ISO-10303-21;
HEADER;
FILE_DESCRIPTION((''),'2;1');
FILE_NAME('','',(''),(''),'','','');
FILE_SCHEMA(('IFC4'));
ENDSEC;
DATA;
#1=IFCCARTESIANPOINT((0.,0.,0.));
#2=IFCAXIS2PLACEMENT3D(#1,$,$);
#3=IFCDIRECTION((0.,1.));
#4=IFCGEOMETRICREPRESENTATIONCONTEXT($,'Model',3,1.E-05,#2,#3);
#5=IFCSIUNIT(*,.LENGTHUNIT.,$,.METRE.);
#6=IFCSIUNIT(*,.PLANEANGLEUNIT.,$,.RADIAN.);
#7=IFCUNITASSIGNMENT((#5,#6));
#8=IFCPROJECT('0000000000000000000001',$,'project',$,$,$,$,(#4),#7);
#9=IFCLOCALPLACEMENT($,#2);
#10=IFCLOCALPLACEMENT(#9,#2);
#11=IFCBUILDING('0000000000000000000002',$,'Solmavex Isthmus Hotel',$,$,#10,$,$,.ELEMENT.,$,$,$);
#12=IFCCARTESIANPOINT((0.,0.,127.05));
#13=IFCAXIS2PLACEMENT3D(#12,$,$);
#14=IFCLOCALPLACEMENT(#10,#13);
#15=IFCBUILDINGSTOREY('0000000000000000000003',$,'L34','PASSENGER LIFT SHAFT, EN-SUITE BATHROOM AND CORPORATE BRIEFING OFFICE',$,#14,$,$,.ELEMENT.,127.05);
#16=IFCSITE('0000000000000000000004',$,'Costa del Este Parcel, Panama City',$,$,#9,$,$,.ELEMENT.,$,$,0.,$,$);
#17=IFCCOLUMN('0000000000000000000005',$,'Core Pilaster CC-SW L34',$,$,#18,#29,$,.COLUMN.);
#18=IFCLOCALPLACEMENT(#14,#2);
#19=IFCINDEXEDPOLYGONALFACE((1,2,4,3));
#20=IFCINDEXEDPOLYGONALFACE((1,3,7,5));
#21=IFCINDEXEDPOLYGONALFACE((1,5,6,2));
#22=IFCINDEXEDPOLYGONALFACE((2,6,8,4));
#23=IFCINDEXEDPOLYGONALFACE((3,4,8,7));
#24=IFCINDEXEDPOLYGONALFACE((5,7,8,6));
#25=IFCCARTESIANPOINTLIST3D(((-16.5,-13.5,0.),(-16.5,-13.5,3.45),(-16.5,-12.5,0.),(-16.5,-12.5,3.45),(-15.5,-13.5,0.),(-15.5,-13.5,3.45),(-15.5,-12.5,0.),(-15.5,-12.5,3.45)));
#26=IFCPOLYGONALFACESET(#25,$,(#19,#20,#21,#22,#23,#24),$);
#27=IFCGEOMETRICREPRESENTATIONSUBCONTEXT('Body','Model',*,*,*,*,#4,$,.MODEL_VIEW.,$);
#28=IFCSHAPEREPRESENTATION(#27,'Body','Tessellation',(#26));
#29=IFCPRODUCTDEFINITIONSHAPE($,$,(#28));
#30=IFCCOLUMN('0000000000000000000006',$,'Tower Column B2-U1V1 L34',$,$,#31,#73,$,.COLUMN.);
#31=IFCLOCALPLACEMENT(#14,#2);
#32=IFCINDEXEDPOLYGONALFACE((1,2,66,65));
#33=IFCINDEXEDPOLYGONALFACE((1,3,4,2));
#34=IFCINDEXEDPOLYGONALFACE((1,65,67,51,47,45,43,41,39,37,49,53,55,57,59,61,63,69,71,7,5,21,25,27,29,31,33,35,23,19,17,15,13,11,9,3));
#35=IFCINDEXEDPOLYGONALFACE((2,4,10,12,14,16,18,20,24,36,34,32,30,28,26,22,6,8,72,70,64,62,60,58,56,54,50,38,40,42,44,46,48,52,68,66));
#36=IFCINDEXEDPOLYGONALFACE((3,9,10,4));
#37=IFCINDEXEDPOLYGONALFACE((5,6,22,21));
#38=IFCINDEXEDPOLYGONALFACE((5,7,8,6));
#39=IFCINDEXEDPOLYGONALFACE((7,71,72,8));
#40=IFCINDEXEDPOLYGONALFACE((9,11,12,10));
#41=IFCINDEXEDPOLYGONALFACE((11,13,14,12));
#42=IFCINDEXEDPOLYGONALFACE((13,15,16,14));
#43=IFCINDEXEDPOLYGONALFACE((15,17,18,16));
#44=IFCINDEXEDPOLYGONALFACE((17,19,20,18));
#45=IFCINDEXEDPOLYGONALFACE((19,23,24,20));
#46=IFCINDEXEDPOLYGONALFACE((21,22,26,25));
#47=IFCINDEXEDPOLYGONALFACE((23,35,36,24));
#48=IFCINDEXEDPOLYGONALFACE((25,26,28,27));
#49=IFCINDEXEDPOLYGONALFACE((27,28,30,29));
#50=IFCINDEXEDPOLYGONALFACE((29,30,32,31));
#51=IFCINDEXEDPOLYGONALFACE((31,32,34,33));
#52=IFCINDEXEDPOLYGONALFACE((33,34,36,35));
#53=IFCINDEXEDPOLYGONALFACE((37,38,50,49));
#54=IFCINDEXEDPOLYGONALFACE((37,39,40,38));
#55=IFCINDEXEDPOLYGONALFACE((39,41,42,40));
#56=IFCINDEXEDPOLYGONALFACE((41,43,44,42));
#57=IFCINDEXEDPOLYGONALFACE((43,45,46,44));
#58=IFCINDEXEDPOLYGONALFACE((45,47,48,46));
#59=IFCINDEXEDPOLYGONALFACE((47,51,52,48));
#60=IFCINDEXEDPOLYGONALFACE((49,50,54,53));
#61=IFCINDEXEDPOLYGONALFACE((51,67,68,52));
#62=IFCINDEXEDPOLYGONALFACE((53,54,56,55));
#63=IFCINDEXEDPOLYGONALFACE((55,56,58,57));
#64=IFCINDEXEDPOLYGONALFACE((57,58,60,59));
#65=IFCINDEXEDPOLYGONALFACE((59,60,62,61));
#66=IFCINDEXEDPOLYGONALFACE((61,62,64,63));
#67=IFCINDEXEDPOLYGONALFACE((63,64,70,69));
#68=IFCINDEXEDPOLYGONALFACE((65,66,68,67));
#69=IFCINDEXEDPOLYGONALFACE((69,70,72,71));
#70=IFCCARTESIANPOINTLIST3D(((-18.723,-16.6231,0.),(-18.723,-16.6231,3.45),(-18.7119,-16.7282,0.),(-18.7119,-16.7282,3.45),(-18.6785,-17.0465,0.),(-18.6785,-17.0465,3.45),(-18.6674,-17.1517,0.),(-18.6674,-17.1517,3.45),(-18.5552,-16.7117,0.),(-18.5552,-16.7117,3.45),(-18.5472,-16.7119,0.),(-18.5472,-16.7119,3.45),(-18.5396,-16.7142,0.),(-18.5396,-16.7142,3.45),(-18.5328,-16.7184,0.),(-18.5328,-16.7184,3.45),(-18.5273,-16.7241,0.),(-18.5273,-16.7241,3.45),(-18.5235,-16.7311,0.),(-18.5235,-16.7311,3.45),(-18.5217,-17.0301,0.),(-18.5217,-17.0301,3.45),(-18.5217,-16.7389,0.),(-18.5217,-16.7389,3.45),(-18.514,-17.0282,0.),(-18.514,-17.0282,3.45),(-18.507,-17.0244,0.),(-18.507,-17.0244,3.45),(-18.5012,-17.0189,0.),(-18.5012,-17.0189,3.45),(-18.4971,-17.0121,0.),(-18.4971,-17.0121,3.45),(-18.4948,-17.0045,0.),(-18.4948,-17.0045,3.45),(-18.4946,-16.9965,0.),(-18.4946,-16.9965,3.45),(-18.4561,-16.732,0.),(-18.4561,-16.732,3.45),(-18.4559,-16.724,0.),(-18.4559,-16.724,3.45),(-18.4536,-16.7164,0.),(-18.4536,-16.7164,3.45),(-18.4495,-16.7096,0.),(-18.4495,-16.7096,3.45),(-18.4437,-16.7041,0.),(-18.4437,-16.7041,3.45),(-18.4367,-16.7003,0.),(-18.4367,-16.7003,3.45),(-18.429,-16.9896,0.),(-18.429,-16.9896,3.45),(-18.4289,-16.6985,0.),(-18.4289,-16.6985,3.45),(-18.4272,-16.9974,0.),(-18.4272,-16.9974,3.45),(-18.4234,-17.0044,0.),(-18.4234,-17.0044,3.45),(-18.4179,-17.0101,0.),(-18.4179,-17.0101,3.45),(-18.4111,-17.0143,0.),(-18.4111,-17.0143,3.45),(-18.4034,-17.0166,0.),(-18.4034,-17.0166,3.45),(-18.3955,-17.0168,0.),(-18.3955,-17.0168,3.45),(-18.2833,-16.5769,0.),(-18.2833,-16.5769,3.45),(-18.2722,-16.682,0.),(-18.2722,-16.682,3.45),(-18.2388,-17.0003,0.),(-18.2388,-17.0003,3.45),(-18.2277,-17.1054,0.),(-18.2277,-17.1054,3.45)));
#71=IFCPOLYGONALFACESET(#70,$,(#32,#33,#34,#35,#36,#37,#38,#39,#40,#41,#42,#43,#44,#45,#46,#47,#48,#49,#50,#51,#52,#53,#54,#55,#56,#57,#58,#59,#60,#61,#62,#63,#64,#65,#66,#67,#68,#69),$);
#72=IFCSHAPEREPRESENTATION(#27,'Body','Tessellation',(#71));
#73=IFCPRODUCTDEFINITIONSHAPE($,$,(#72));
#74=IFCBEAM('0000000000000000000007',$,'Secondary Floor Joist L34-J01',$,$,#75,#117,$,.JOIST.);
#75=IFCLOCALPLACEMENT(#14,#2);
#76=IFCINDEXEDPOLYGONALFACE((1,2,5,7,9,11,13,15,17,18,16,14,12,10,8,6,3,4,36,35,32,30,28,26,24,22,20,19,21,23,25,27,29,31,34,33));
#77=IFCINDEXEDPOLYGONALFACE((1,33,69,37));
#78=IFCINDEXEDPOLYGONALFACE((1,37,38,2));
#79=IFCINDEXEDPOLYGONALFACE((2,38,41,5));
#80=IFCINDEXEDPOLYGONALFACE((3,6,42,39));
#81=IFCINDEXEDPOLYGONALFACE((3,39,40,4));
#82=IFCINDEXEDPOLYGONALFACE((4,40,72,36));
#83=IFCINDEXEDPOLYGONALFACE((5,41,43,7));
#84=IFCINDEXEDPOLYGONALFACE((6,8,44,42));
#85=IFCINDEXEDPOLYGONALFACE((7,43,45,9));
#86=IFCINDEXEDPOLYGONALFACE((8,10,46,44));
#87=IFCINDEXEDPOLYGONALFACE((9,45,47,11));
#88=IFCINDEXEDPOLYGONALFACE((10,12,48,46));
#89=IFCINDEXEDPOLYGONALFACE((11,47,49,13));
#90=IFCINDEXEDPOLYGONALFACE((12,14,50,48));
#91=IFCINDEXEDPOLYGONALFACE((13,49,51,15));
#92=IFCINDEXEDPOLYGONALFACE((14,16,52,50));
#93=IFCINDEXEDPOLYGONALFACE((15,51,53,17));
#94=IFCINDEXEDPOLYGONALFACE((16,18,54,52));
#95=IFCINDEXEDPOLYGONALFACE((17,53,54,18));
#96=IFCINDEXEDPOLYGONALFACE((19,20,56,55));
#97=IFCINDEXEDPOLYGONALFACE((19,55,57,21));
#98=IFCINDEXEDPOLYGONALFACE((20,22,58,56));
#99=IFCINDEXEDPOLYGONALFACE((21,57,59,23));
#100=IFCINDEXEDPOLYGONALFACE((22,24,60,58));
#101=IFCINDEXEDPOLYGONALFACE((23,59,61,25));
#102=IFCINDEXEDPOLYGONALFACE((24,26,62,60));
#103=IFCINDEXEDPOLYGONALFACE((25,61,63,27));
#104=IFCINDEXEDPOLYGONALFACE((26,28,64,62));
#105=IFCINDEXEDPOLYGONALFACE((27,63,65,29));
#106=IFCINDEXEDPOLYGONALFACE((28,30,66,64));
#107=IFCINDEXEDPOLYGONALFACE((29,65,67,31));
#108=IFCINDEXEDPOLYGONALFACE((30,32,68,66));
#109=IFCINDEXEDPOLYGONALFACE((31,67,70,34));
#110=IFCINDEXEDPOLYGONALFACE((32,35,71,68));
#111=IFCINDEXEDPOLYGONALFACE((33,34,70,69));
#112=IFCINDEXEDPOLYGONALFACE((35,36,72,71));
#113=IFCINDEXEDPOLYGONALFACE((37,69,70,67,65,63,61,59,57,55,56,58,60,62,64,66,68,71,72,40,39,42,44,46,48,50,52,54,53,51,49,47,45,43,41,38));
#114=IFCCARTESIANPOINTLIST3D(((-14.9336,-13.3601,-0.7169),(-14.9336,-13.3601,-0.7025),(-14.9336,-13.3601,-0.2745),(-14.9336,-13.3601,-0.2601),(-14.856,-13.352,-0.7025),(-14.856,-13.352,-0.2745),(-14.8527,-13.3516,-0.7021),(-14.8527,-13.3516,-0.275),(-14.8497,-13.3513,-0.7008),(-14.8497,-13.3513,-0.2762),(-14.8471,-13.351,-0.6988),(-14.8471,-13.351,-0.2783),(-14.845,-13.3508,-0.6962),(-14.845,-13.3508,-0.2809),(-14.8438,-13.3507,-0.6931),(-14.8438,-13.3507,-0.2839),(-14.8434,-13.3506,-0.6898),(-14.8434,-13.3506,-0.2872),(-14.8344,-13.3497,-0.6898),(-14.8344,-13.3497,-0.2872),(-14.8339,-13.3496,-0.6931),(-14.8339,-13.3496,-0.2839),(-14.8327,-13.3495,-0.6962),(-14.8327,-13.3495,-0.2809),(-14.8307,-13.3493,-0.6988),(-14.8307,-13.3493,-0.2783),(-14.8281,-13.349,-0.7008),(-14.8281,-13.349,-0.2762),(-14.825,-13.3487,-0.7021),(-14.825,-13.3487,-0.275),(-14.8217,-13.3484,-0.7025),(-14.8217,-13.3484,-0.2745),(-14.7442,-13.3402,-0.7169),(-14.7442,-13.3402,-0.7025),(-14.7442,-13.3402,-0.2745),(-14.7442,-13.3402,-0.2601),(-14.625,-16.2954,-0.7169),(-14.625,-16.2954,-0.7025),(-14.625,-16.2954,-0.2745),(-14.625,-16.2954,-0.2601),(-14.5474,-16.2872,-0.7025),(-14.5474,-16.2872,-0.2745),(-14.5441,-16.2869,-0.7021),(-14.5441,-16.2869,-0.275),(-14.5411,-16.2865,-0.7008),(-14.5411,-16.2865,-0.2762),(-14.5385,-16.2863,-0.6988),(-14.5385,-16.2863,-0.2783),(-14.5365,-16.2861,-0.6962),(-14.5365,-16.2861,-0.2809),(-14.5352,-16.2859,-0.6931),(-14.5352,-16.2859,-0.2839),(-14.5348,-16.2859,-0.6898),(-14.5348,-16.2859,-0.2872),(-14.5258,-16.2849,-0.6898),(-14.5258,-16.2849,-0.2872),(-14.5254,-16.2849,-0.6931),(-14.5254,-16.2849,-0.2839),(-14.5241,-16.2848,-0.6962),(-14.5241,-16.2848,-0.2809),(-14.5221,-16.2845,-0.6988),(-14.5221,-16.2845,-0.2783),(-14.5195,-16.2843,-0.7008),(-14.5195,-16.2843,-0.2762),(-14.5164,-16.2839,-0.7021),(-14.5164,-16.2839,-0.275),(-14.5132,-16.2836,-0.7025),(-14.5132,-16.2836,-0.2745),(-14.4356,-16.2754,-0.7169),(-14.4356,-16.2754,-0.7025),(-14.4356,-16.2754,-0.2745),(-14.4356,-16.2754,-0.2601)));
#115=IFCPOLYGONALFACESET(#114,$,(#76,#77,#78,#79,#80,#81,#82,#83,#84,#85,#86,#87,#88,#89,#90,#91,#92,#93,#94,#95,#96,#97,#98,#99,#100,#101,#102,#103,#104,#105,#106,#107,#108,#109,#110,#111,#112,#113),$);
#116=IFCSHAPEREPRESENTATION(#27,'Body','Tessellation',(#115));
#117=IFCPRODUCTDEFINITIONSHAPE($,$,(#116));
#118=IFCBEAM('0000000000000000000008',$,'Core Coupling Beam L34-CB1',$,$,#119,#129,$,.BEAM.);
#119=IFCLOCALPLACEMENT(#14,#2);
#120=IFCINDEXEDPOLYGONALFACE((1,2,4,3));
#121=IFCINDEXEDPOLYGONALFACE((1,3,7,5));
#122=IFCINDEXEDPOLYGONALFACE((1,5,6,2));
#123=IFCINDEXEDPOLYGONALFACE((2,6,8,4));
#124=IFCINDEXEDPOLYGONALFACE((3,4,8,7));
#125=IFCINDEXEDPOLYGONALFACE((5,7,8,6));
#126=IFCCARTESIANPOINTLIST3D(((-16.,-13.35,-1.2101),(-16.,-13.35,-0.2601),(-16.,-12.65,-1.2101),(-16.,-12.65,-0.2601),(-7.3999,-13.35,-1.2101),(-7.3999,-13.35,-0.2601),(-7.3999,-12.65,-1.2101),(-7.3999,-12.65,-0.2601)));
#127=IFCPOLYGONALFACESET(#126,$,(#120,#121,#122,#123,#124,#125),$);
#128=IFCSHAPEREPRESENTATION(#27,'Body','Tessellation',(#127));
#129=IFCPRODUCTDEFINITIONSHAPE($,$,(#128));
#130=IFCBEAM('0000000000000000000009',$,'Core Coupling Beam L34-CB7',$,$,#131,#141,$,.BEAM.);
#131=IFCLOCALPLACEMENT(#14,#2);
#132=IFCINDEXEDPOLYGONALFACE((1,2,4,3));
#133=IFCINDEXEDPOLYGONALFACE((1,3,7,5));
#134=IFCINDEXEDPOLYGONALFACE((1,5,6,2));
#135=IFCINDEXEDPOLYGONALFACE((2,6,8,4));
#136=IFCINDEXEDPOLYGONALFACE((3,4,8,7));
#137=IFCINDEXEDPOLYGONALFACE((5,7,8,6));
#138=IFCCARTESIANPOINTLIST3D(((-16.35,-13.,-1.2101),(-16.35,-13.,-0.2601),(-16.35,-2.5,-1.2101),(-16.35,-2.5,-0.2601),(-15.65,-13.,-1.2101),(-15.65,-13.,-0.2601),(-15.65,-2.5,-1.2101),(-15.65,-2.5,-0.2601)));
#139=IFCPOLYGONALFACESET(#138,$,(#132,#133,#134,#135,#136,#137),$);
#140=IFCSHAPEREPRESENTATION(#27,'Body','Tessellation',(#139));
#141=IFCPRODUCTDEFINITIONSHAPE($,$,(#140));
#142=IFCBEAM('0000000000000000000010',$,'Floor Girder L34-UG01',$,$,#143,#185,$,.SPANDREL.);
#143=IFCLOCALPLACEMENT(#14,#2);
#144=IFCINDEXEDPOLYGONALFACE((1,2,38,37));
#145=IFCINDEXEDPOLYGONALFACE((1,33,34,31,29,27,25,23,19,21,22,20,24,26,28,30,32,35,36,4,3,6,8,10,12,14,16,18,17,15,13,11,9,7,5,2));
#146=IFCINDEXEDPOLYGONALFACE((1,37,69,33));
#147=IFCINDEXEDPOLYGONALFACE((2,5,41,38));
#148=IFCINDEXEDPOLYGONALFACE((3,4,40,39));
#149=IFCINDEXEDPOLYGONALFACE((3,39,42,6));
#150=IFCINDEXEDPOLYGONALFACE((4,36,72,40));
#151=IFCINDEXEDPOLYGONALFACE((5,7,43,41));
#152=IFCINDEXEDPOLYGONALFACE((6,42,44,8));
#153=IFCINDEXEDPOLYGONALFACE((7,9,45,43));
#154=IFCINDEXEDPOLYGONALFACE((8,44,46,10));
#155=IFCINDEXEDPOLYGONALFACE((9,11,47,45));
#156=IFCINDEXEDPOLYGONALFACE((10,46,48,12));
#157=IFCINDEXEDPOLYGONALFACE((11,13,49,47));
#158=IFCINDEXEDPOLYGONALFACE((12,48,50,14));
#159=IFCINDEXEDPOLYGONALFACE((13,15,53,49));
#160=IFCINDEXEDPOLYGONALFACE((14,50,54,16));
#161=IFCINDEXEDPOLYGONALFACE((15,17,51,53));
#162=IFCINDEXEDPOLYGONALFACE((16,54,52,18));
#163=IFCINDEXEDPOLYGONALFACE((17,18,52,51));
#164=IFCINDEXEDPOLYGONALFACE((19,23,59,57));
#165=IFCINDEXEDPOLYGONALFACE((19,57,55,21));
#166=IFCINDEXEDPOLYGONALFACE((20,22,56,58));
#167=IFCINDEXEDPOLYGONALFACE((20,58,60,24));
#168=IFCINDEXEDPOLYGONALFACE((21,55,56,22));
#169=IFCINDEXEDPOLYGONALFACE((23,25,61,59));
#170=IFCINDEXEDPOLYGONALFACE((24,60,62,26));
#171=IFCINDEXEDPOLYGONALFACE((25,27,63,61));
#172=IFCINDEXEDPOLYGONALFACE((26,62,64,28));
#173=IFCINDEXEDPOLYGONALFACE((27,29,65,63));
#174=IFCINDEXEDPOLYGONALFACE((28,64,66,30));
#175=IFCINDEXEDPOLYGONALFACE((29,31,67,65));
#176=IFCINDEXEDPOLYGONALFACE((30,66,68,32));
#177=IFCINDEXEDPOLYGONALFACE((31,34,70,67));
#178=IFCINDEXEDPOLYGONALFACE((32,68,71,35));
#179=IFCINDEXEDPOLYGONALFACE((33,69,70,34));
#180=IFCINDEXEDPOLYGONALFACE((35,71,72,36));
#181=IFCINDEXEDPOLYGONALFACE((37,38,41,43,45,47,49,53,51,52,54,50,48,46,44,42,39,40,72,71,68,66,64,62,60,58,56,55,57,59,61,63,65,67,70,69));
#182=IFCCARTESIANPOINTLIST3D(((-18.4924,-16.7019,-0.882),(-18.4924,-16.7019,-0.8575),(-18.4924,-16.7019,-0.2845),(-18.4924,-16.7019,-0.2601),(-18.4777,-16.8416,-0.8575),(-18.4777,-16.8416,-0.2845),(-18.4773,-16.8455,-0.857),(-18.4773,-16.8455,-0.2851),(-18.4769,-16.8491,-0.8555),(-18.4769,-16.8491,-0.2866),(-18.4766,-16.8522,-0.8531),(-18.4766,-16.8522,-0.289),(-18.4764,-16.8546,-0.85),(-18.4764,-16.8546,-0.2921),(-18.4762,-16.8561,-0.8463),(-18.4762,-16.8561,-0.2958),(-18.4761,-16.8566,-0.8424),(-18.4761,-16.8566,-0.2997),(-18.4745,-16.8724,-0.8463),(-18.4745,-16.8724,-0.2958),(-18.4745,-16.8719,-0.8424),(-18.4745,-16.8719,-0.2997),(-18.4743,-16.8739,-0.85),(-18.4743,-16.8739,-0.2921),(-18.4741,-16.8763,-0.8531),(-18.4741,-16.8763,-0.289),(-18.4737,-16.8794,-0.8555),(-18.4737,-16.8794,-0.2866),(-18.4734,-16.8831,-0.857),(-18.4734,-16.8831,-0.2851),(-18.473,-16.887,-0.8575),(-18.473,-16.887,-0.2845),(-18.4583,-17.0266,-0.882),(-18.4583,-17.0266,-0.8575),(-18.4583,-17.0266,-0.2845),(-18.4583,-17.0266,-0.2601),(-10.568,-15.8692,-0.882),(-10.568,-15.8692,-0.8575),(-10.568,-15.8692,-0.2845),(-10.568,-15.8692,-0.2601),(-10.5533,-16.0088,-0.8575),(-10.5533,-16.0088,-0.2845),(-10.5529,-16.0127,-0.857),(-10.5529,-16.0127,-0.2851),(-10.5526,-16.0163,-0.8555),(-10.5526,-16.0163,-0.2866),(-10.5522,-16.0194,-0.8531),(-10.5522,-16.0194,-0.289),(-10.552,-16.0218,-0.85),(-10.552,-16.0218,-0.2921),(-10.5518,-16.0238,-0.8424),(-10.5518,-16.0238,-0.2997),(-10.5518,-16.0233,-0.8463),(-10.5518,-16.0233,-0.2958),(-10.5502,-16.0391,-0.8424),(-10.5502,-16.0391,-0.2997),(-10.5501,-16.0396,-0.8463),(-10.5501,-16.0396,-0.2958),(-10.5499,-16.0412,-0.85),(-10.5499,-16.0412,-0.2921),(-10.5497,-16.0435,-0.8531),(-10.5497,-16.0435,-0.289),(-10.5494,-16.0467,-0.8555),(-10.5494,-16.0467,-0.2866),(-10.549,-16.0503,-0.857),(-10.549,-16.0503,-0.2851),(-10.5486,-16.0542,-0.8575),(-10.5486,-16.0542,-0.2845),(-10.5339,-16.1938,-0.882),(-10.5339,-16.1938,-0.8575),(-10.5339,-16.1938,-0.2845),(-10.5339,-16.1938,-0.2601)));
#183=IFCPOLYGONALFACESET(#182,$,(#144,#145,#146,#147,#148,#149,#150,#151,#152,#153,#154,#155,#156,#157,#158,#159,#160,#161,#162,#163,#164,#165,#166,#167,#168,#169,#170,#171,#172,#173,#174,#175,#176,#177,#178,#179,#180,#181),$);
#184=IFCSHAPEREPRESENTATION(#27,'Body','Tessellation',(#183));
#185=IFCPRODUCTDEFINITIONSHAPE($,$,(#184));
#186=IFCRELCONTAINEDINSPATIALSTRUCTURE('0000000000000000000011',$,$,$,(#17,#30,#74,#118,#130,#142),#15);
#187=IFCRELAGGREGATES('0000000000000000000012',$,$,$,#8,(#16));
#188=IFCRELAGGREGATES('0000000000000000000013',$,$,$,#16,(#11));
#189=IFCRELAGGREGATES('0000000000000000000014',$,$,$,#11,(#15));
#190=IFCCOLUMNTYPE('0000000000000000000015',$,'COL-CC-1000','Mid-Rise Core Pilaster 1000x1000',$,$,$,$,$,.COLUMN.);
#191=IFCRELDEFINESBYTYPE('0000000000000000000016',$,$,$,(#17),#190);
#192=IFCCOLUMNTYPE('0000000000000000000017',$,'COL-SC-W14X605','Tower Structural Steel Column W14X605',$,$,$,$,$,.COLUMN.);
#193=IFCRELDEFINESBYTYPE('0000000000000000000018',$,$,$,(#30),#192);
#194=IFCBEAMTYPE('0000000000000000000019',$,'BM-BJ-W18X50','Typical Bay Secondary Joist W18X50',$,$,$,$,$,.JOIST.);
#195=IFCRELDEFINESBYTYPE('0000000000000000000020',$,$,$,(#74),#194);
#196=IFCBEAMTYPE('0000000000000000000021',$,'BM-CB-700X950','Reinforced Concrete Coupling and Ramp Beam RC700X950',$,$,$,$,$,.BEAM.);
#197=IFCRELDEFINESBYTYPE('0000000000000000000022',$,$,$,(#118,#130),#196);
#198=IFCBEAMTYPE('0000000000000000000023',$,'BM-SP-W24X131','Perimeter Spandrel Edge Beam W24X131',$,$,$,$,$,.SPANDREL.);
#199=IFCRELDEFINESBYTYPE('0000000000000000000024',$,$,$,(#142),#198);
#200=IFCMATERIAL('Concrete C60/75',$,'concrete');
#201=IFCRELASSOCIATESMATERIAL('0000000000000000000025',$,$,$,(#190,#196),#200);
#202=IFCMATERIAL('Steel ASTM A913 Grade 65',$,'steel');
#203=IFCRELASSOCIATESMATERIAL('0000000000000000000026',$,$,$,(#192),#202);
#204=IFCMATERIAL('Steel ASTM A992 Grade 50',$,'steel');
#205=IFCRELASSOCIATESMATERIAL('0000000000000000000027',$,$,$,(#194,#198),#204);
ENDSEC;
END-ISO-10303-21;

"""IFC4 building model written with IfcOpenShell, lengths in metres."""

from ifc_helpers import new_model, si_unit, direction, frame, origin, origin_2d, place, context, subcontext, project, spatial, rectangle, i_section, extrude, material, material_profile, profile_set, type_object, element, save


model = new_model("IFC4")

# Units and contexts
model_context = context("Model", 3, precision=1e-05, world=origin(), true_north=direction((0.0, 1.0)))
body_context = subcontext(model_context, "Body", "Model", "MODEL_VIEW")
ifc_project = project(units=[si_unit("LENGTHUNIT", "METRE"), si_unit("PLANEANGLEUNIT", "RADIAN")], contexts=[model_context])

# Site, building, storey
site_placement = place(None, origin())
site = spatial("IfcSite", under=ifc_project, at=site_placement, Name="Costa del Este Parcel, Panama City", CompositionType="ELEMENT", RefElevation=0.0)
building_placement = place(site_placement, origin())
building = spatial("IfcBuilding", under=site, at=building_placement, Name="Solmavex Isthmus Hotel", CompositionType="ELEMENT")
storey_placement = place(building_placement, frame((0.0, 0.0, 127.05)))
storey = spatial("IfcBuildingStorey", under=building, at=storey_placement, Name="L34", Description="PASSENGER LIFT SHAFT, EN-SUITE BATHROOM AND CORPORATE BRIEFING OFFICE", CompositionType="ELEMENT", Elevation=127.05)

# Columns
ifc_material_1 = material(Name="Concrete C60/75", Category="concrete")
ifc_material_profile_1 = material_profile(ifc_material_1, rectangle(XDim=1.0, YDim=1.0, at=origin_2d()), Name="RC1000X1000")
ifc_profile_set_1 = profile_set([ifc_material_profile_1], Name="Concrete C60/75")
column_type_1 = type_object("IfcColumnType", Name="COL-CC-1000", Description="Mid-Rise Core Pilaster 1000x1000", PredefinedType="COLUMN", material=ifc_profile_set_1)
column_1_placement = place(storey_placement, frame((-16.0, -13.0, 0.0), z_axis=(0.0, 0.0, 1.0), x_axis=(1.0, 0.0, 0.0)))
element("IfcColumn", 1, at=column_1_placement, inside=storey, type_object=column_type_1, Name="Core Pilaster CC-SW L34", PredefinedType="COLUMN", context=body_context, shape_type="SweptSolid", body=[
    extrude(rectangle(XDim=1.0, YDim=1.0, at=origin_2d()), origin(), (0.0, 0.0, 1.0), 3.45),
])
ifc_material_2 = material(Name="Steel ASTM A913 Grade 65", Category="steel")
ifc_material_profile_2 = material_profile(ifc_material_2, i_section(OverallWidth=0.4421, OverallDepth=0.5315, WebThickness=0.0659, FlangeThickness=0.1057, FilletRadius=0.0305, at=origin_2d()), Name="W14X605")
ifc_profile_set_2 = profile_set([ifc_material_profile_2], Name="Steel ASTM A913 Grade 65")
column_type_2 = type_object("IfcColumnType", Name="COL-SC-W14X605", Description="Tower Structural Steel Column W14X605", PredefinedType="COLUMN", material=ifc_profile_set_2)
column_2_placement = place(storey_placement, frame((-18.4753, -16.8643, 0.0), z_axis=(0.0, 0.0, 1.0), x_axis=(0.994522, 0.104528, 0.0)))
element("IfcColumn", 2, at=column_2_placement, inside=storey, type_object=column_type_2, Name="Tower Column B2-U1V1 L34", PredefinedType="COLUMN", context=body_context, shape_type="SweptSolid", body=[
    extrude(i_section(OverallWidth=0.4421, OverallDepth=0.5315, WebThickness=0.0659, FlangeThickness=0.1057, FilletRadius=0.0305, at=origin_2d()), origin(), (0.0, 0.0, 1.0), 3.45),
])

# Beams
ifc_material_3 = material(Name="Steel ASTM A992 Grade 50", Category="steel")
ifc_material_profile_3 = material_profile(ifc_material_3, i_section(OverallWidth=0.1904, OverallDepth=0.4568, WebThickness=0.009, FlangeThickness=0.0144, FilletRadius=0.0127, at=origin_2d()), Name="W18X50")
ifc_profile_set_3 = profile_set([ifc_material_profile_3], Name="Steel ASTM A992 Grade 50")
beam_type_1 = type_object("IfcBeamType", Name="BM-BJ-W18X50", Description="Typical Bay Secondary Joist W18X50", PredefinedType="JOIST", material=ifc_profile_set_3)
beam_1_placement = place(storey_placement, frame((-14.5303, -16.2854, -0.4885), z_axis=(-0.104556, 0.994519, 0.0), x_axis=(-0.994519, -0.104556, 0.0)))
element("IfcBeam", 3, at=beam_1_placement, inside=storey, type_object=beam_type_1, Name="Secondary Floor Joist L34-J01", PredefinedType="JOIST", context=body_context, shape_type="SweptSolid", body=[
    extrude(i_section(OverallWidth=0.1904, OverallDepth=0.4568, WebThickness=0.009, FlangeThickness=0.0144, FilletRadius=0.0127, at=origin_2d()), origin(), (0.0, 0.0, 1.0), 2.9514),
])
ifc_material_profile_4 = material_profile(ifc_material_1, rectangle(XDim=0.7, YDim=0.95, at=origin_2d()), Name="RC700X950")
ifc_profile_set_4 = profile_set([ifc_material_profile_4], Name="Concrete C60/75")
beam_type_2 = type_object("IfcBeamType", Name="BM-CB-700X950", Description="Reinforced Concrete Coupling and Ramp Beam RC700X950", PredefinedType="BEAM", material=ifc_profile_set_4)
beam_2_placement = place(storey_placement, frame((-16.0, -13.0, -0.7351), z_axis=(1.0, 0.0, 0.0), x_axis=(0.0, 1.0, 0.0)))
element("IfcBeam", 4, at=beam_2_placement, inside=storey, type_object=beam_type_2, Name="Core Coupling Beam L34-CB1", PredefinedType="BEAM", context=body_context, shape_type="SweptSolid", body=[
    extrude(rectangle(XDim=0.7, YDim=0.95, at=origin_2d()), origin(), (0.0, 0.0, 1.0), 8.6001),
])
beam_3_placement = place(storey_placement, frame((-16.0, -13.0, -0.7351), z_axis=(0.0, 1.0, 0.0), x_axis=(-1.0, 0.0, 0.0)))
element("IfcBeam", 5, at=beam_3_placement, inside=storey, type_object=beam_type_2, Name="Core Coupling Beam L34-CB7", PredefinedType="BEAM", context=body_context, shape_type="SweptSolid", body=[
    extrude(rectangle(XDim=0.7, YDim=0.95, at=origin_2d()), origin(), (0.0, 0.0, 1.0), 10.5),
])
ifc_material_profile_5 = material_profile(ifc_material_3, i_section(OverallWidth=0.3264, OverallDepth=0.6218, WebThickness=0.0154, FlangeThickness=0.0244, FilletRadius=0.0151, at=origin_2d()), Name="W24X131")
ifc_profile_set_5 = profile_set([ifc_material_profile_5], Name="Steel ASTM A992 Grade 50")
beam_type_3 = type_object("IfcBeamType", Name="BM-SP-W24X131", Description="Perimeter Spandrel Edge Beam W24X131", PredefinedType="SPANDREL", material=ifc_profile_set_5)
beam_4_placement = place(storey_placement, frame((-18.4753, -16.8643, -0.571), z_axis=(0.994523, 0.104514, 0.0), x_axis=(-0.104514, 0.994523, 0.0)))
element("IfcBeam", 6, at=beam_4_placement, inside=storey, type_object=beam_type_3, Name="Floor Girder L34-UG01", PredefinedType="SPANDREL", context=body_context, shape_type="SweptSolid", body=[
    extrude(i_section(OverallWidth=0.3264, OverallDepth=0.6218, WebThickness=0.0154, FlangeThickness=0.0244, FilletRadius=0.0151, at=origin_2d()), origin(), (0.0, 0.0, 1.0), 7.968),
])

save(model, "model.ifc")
